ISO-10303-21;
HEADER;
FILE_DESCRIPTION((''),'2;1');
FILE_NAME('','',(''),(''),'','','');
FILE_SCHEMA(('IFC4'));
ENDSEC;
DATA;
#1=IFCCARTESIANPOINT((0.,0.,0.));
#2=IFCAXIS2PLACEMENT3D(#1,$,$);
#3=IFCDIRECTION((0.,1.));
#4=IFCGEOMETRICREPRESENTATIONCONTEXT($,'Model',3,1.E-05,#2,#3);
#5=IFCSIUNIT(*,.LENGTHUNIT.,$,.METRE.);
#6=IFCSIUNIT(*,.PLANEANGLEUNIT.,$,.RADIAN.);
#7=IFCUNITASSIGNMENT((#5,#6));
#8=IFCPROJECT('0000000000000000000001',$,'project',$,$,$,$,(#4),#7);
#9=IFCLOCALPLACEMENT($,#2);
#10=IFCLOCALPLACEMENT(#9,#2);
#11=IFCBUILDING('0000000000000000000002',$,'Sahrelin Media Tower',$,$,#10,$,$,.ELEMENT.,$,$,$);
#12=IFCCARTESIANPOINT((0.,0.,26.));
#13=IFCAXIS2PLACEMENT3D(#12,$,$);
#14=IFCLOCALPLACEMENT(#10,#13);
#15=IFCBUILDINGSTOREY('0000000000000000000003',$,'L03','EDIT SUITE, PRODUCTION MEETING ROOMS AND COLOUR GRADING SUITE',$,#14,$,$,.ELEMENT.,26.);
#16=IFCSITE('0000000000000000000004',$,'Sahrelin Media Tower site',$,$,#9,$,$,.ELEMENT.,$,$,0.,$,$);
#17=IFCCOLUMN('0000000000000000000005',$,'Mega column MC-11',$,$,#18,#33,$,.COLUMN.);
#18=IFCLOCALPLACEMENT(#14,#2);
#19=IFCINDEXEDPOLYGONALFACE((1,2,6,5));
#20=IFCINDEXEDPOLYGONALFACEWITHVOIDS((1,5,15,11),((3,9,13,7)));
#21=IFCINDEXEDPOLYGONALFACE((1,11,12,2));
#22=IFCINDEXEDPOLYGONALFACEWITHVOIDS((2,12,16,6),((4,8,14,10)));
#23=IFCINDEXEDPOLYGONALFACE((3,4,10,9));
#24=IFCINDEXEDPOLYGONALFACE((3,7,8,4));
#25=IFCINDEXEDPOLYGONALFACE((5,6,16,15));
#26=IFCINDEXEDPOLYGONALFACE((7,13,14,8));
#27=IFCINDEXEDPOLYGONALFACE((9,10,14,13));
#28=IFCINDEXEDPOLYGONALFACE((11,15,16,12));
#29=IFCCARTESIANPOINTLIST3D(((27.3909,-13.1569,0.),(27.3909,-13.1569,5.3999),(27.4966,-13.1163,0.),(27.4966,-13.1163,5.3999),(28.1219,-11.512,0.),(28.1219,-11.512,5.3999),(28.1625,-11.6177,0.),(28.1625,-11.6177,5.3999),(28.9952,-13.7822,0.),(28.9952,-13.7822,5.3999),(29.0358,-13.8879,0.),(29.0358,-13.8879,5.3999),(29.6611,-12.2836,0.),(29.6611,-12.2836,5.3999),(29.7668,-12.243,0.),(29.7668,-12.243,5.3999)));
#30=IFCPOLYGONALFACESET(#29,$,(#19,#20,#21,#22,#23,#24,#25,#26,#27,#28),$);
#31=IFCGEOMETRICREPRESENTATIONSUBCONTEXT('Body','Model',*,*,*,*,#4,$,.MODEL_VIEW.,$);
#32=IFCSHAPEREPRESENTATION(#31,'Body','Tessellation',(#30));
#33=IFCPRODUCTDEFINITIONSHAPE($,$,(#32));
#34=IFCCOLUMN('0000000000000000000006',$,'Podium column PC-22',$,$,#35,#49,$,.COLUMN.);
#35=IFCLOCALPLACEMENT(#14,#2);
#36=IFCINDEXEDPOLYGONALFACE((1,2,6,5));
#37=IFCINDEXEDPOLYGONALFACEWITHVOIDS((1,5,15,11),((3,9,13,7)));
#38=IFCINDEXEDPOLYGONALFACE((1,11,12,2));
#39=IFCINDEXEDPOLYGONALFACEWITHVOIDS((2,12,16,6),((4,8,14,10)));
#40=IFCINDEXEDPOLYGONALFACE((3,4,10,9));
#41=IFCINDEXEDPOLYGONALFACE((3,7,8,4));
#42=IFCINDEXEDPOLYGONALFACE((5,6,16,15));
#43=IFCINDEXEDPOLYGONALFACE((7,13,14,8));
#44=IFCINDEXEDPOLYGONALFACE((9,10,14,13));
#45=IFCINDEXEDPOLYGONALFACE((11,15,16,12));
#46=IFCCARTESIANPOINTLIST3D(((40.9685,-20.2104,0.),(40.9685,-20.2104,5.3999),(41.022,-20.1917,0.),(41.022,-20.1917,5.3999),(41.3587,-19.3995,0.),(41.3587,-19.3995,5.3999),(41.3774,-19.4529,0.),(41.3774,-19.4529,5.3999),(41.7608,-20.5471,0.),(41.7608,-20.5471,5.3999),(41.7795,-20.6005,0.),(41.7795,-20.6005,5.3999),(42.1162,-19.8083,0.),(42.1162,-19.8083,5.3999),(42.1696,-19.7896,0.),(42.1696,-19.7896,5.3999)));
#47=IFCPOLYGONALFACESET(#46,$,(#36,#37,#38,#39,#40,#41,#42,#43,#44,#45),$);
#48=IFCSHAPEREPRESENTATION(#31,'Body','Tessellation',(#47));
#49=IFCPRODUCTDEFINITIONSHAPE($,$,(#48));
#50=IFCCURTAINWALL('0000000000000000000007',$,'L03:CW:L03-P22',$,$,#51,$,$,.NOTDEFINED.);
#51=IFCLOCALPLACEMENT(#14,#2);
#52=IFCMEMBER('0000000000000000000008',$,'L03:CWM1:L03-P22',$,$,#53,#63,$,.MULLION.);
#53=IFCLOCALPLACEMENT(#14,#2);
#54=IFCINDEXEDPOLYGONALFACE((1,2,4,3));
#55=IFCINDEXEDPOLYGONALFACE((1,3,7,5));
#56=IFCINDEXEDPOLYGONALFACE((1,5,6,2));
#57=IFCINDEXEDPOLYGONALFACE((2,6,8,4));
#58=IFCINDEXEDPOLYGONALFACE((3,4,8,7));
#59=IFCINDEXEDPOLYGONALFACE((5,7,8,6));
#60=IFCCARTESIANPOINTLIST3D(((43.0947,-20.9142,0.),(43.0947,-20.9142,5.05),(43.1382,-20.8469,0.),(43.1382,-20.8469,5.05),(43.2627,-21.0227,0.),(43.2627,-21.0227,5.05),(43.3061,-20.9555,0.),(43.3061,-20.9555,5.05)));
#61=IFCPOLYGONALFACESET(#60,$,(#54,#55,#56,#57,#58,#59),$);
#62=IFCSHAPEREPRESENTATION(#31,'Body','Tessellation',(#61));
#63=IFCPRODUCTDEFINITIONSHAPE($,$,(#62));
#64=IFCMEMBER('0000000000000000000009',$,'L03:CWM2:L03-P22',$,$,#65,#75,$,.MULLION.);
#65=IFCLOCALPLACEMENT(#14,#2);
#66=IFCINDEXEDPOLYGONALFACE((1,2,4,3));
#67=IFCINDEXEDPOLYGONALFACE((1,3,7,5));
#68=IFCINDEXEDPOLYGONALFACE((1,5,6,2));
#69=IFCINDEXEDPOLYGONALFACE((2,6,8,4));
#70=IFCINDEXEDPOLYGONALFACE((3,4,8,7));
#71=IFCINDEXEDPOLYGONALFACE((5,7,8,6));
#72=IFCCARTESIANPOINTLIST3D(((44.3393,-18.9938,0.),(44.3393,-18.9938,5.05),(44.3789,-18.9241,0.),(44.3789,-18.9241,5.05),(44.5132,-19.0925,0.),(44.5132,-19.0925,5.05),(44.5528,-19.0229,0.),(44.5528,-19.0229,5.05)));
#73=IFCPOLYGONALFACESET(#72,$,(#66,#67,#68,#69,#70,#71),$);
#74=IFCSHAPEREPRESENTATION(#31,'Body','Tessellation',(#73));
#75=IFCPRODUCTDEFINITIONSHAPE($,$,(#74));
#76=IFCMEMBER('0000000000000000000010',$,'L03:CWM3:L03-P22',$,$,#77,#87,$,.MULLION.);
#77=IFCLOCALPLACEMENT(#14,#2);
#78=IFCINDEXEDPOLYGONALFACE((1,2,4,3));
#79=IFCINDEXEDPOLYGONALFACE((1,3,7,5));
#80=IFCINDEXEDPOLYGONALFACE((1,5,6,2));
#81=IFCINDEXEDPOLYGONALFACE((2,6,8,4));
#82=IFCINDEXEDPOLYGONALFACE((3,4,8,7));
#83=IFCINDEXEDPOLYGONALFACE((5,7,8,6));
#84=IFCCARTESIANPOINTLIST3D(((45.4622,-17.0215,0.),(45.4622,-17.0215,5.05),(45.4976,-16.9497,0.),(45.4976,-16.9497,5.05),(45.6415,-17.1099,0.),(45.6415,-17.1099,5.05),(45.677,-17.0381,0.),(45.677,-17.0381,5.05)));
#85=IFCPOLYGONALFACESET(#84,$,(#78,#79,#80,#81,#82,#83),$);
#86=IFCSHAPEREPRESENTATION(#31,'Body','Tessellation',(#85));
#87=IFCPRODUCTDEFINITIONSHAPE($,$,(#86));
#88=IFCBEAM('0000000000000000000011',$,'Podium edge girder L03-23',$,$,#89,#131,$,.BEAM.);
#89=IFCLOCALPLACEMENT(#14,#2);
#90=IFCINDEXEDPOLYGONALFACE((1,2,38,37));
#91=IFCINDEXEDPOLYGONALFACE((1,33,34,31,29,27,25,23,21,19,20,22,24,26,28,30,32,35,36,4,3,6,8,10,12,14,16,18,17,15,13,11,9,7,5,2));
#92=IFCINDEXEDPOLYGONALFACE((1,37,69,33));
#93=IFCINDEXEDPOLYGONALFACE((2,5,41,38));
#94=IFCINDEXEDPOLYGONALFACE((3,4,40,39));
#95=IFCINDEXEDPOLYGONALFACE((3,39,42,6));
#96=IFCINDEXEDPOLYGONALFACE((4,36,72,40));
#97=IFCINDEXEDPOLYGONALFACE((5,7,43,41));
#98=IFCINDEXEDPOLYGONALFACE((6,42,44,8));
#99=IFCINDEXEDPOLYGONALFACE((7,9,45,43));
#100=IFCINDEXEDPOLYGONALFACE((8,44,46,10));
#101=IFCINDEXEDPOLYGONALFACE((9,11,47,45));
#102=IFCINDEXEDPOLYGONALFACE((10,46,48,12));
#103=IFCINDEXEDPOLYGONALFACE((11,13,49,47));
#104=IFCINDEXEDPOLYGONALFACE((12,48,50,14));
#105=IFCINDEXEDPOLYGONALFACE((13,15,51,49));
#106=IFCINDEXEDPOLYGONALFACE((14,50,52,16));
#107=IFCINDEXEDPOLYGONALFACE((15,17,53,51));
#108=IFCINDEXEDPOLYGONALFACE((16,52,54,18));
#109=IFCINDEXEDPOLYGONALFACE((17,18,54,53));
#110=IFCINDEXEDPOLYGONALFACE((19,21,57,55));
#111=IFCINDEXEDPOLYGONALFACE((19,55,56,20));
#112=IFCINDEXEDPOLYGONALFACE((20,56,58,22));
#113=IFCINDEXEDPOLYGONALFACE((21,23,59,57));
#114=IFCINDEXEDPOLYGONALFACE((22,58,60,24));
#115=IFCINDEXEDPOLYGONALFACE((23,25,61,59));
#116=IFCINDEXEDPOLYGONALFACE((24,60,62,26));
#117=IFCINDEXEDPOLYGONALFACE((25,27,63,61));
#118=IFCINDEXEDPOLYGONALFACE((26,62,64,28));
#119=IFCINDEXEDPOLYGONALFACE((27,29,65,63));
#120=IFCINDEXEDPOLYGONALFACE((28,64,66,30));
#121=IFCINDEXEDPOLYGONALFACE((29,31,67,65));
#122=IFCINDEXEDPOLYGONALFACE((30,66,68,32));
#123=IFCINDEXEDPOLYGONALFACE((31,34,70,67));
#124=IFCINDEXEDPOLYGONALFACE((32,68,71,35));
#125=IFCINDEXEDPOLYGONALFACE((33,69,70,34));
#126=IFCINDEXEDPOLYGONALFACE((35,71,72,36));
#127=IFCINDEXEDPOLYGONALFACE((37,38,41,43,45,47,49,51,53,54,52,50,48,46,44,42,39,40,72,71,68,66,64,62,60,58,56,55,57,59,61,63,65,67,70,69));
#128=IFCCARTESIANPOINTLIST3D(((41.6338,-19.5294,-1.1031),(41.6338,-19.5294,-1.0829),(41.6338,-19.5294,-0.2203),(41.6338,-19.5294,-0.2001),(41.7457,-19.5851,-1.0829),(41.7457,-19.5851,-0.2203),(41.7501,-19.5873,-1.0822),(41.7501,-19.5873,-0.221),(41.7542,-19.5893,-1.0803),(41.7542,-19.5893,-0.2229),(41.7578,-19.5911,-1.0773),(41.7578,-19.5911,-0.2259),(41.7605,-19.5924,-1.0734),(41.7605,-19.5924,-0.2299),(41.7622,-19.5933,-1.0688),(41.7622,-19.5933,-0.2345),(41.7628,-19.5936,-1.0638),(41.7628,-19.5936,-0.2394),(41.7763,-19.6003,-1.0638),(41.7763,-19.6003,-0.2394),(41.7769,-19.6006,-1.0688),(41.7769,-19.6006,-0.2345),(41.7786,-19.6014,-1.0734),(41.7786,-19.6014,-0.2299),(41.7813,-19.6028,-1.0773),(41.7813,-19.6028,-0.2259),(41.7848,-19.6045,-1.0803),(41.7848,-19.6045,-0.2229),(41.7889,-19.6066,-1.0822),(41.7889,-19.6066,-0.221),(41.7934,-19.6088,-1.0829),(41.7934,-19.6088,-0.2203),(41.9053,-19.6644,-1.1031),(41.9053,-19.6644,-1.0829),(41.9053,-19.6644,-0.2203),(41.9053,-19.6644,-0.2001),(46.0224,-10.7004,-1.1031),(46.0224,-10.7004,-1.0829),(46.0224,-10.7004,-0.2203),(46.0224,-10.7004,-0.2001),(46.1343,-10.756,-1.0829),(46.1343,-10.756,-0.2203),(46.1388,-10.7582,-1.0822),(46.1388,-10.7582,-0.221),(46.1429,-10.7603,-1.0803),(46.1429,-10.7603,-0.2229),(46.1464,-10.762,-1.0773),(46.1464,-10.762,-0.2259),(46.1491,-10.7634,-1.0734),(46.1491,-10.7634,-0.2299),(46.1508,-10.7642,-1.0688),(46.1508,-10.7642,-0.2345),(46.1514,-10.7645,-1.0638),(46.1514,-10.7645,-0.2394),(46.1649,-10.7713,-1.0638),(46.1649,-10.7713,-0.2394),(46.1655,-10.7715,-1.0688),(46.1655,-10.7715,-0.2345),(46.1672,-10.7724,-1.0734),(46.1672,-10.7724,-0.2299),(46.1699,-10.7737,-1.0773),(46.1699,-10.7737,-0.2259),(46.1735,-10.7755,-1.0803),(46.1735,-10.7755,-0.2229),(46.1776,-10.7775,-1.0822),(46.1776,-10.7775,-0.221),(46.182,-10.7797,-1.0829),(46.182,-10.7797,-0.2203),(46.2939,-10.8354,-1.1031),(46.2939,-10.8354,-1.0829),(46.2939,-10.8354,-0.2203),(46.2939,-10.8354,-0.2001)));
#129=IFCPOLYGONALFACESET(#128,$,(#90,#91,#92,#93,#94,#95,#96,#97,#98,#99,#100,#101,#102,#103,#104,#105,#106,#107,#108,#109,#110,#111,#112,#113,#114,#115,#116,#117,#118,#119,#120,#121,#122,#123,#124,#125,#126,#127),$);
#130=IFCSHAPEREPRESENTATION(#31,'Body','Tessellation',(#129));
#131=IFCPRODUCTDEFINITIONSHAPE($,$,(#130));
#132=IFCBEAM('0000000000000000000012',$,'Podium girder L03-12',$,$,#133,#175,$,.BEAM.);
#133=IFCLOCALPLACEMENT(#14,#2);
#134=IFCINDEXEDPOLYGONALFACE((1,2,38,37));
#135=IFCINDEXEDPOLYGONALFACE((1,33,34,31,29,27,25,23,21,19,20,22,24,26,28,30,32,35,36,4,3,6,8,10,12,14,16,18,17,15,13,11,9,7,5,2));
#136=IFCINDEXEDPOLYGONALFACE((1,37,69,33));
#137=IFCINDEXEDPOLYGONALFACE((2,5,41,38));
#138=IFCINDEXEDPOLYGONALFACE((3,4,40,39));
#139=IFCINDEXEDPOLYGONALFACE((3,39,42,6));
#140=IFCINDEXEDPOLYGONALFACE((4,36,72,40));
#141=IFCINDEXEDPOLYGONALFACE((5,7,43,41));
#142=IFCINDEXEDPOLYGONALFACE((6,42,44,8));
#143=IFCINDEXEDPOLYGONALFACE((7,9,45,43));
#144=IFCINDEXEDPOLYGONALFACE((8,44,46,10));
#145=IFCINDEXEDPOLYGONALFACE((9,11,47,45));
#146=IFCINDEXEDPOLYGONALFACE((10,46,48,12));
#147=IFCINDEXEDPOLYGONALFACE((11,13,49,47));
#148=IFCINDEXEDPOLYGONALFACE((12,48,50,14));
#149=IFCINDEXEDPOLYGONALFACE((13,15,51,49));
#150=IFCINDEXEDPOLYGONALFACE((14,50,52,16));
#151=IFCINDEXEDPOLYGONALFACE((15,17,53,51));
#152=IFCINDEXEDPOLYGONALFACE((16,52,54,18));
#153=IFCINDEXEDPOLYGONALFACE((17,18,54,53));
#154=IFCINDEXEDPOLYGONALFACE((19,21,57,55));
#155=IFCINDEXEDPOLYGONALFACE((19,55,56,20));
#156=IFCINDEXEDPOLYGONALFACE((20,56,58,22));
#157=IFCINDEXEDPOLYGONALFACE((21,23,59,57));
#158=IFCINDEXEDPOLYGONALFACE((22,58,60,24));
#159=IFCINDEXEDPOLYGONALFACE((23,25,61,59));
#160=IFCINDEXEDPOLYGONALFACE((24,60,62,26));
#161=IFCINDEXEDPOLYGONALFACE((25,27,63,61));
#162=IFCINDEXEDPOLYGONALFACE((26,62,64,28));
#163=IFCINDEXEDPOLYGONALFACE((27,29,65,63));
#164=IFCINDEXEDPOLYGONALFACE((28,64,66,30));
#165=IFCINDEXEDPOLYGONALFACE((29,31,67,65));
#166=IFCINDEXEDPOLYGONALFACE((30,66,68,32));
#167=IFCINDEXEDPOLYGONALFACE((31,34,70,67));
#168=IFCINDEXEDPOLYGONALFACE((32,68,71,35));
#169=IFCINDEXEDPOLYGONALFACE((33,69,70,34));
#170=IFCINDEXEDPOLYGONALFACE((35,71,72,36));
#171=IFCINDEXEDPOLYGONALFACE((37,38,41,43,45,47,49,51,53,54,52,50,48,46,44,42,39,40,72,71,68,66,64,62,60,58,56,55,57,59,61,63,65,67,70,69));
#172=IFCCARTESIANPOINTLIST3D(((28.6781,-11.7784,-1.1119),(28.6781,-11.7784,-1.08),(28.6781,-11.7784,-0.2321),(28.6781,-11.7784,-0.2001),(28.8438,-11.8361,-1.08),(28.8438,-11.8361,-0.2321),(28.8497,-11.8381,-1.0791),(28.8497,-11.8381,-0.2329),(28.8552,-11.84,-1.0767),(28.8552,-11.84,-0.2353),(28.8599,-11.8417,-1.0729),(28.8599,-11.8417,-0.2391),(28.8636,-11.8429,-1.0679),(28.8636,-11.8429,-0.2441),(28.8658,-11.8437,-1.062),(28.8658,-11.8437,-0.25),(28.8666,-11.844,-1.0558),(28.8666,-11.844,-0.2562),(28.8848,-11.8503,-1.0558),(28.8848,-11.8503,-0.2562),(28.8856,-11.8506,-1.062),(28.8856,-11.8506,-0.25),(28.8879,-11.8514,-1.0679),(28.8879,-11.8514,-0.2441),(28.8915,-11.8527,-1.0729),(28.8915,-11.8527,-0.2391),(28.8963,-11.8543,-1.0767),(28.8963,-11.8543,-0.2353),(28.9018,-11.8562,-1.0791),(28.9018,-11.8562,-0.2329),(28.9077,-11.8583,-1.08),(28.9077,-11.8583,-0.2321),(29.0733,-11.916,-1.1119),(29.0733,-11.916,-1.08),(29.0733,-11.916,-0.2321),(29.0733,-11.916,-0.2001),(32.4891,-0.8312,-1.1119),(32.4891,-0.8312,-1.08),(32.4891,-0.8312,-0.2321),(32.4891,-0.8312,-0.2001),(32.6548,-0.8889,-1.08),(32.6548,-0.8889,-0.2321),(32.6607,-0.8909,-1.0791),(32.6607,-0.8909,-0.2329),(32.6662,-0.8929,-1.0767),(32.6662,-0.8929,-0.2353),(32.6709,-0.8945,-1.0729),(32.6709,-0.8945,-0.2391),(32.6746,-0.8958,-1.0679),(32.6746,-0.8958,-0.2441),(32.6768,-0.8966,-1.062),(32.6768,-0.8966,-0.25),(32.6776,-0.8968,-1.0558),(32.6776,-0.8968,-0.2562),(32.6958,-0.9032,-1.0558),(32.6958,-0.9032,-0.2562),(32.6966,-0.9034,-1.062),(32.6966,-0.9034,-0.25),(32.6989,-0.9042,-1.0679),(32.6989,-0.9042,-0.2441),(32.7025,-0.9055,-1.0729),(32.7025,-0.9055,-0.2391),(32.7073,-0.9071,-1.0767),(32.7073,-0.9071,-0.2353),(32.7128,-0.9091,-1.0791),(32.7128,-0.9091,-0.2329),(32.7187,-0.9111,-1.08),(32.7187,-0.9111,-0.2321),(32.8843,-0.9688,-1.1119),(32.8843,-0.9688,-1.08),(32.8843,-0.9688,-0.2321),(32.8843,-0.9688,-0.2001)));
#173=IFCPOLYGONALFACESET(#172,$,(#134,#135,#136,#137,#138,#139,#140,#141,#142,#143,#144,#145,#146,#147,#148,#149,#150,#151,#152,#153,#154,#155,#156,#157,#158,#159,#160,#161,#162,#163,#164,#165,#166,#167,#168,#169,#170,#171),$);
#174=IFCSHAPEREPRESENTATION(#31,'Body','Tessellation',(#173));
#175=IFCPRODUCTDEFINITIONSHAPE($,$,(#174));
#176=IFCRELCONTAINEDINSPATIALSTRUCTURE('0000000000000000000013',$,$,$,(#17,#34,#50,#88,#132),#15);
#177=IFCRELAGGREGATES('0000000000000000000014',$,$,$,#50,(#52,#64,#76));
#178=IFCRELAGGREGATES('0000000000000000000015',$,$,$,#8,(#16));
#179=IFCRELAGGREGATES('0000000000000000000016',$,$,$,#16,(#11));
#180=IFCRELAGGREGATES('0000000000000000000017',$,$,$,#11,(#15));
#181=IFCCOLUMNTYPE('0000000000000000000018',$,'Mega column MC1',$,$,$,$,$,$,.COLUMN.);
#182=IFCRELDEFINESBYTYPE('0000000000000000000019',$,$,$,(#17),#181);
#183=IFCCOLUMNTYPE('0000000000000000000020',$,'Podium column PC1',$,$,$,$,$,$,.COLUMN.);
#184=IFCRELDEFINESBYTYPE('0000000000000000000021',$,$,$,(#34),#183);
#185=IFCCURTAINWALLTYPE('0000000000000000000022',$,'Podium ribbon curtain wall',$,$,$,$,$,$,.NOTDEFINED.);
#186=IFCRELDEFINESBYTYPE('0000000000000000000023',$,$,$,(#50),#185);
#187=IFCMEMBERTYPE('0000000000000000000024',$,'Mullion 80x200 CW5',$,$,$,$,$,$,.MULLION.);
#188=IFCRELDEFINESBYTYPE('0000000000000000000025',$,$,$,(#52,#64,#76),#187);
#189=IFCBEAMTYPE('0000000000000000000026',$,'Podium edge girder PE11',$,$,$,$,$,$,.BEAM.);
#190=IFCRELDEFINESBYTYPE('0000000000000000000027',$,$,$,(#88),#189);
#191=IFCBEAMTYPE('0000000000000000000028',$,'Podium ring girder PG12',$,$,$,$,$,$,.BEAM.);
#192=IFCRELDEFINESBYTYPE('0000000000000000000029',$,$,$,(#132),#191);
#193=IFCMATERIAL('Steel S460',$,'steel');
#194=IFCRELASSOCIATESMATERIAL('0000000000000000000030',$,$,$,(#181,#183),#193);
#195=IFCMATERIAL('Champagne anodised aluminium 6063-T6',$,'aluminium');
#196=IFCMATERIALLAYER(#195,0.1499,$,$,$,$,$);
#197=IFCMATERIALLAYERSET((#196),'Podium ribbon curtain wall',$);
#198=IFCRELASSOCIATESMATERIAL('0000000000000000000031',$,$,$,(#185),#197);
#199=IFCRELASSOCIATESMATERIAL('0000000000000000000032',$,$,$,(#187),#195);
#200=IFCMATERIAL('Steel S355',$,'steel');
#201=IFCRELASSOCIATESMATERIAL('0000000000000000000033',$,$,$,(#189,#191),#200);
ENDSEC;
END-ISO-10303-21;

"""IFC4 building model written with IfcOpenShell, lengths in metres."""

from ifc_helpers import new_model, si_unit, direction, frame, origin, origin_2d, place, context, subcontext, project, spatial, rectangle, hollow_rectangle, i_section, extrude, material, layer, layer_set, material_profile, profile_set, type_object, element, aggregate, save


model = new_model("IFC4")

# Units and contexts
model_context = context("Model", 3, precision=1e-05, world=origin(), true_north=direction((0.0, 1.0)))
body_context = subcontext(model_context, "Body", "Model", "MODEL_VIEW")
ifc_project = project(units=[si_unit("LENGTHUNIT", "METRE"), si_unit("PLANEANGLEUNIT", "RADIAN")], contexts=[model_context])

# Site, building, storey
site_placement = place(None, origin())
site = spatial("IfcSite", under=ifc_project, at=site_placement, Name="Sahrelin Media Tower site", CompositionType="ELEMENT", RefElevation=0.0)
building_placement = place(site_placement, origin())
building = spatial("IfcBuilding", under=site, at=building_placement, Name="Sahrelin Media Tower", CompositionType="ELEMENT")
storey_placement = place(building_placement, frame((0.0, 0.0, 26.0)))
storey = spatial("IfcBuildingStorey", under=building, at=storey_placement, Name="L03", Description="EDIT SUITE, PRODUCTION MEETING ROOMS AND COLOUR GRADING SUITE", CompositionType="ELEMENT", Elevation=26.0)

# Columns
ifc_material_1 = material(Name="Steel S460", Category="steel")
ifc_material_profile_1 = material_profile(ifc_material_1, hollow_rectangle(XDim=1.8, YDim=1.8, WallThickness=0.0801, at=origin_2d()), Name="Mega column MC1")
ifc_profile_set_1 = profile_set([ifc_material_profile_1], Name="Steel S460")
column_type_1 = type_object("IfcColumnType", Name="Mega column MC1", PredefinedType="COLUMN", material=ifc_profile_set_1)
column_1_placement = place(storey_placement, frame((28.5789, -12.7, 0.0), z_axis=(0.0, 0.0, 1.0), x_axis=(0.913831, -0.406094, 0.0)))
element("IfcColumn", 1, at=column_1_placement, inside=storey, type_object=column_type_1, Name="Mega column MC-11", PredefinedType="COLUMN", context=body_context, shape_type="SweptSolid", body=[
    extrude(hollow_rectangle(XDim=1.8, YDim=1.8, WallThickness=0.0801, at=origin_2d()), origin(), (0.0, 0.0, 1.0), 5.3999),
])
ifc_material_profile_2 = material_profile(ifc_material_1, hollow_rectangle(XDim=0.8999, YDim=0.8999, WallThickness=0.04, at=origin_2d()), Name="Podium column PC1")
ifc_profile_set_2 = profile_set([ifc_material_profile_2], Name="Steel S460")
column_type_2 = type_object("IfcColumnType", Name="Podium column PC1", PredefinedType="COLUMN", material=ifc_profile_set_2)
column_2_placement = place(storey_placement, frame((41.5691, -20.0, 0.0), z_axis=(0.0, 0.0, 1.0), x_axis=(0.901127, -0.433555, 0.0)))
element("IfcColumn", 2, at=column_2_placement, inside=storey, type_object=column_type_2, Name="Podium column PC-22", PredefinedType="COLUMN", context=body_context, shape_type="SweptSolid", body=[
    extrude(hollow_rectangle(XDim=0.8999, YDim=0.8999, WallThickness=0.04, at=origin_2d()), origin(), (0.0, 0.0, 1.0), 5.3999),
])

# Curtain wall, members
ifc_material_2 = material(Name="Champagne anodised aluminium 6063-T6", Category="aluminium")
ifc_layer_1 = layer(ifc_material_2, 0.1499)
ifc_layer_set_1 = layer_set([ifc_layer_1], Name="Podium ribbon curtain wall")
curtain_wall_type = type_object("IfcCurtainWallType", Name="Podium ribbon curtain wall", PredefinedType="NOTDEFINED", material=ifc_layer_set_1)
curtain_wall_placement = place(storey_placement, frame((43.3013, -21.0, 0.0), z_axis=(0.0, 0.0, 1.0), x_axis=(1.0, 0.0, 0.0)))
curtain_wall = element("IfcCurtainWall", 3, at=curtain_wall_placement, inside=storey, type_object=curtain_wall_type, Name="L03:CW:L03-P22", PredefinedType="NOTDEFINED")
ifc_material_profile_3 = material_profile(ifc_material_2, rectangle(XDim=0.0801, YDim=0.2, at=origin_2d()), Name="Mullion 80x200")
ifc_profile_set_3 = profile_set([ifc_material_profile_3], Name="Champagne anodised aluminium 6063-T6")
member_type_1 = type_object("IfcMemberType", Name="Mullion 80x200 CW5", PredefinedType="MULLION", material=ifc_profile_set_3)
member_1_placement = place(storey_placement, frame((43.2004, -20.9348, 0.0), z_axis=(0.0, 0.0, 1.0), x_axis=(0.54283, 0.839843, 0.0)))
member_1 = element("IfcMember", 4, at=member_1_placement, type_object=member_type_1, Name="L03:CWM1:L03-P22", PredefinedType="MULLION", context=body_context, shape_type="SweptSolid", body=[
    extrude(rectangle(XDim=0.0801, YDim=0.2, at=origin_2d()), origin(), (0.0, 0.0, 1.0), 5.05),
])
member_2_placement = place(storey_placement, frame((44.446, -19.0083, 0.0), z_axis=(0.0, 0.0, 1.0), x_axis=(0.493787, 0.869583, 0.0)))
member_2 = element("IfcMember", 5, at=member_2_placement, type_object=member_type_1, Name="L03:CWM2:L03-P22", PredefinedType="MULLION", context=body_context, shape_type="SweptSolid", body=[
    extrude(rectangle(XDim=0.0801, YDim=0.2, at=origin_2d()), origin(), (0.0, 0.0, 1.0), 5.05),
])
member_3_placement = place(storey_placement, frame((45.5696, -17.0298, 0.0), z_axis=(0.0, 0.0, 1.0), x_axis=(0.442262, 0.896886, 0.0)))
member_3 = element("IfcMember", 6, at=member_3_placement, type_object=member_type_1, Name="L03:CWM3:L03-P22", PredefinedType="MULLION", context=body_context, shape_type="SweptSolid", body=[
    extrude(rectangle(XDim=0.0801, YDim=0.2, at=origin_2d()), origin(), (0.0, 0.0, 1.0), 5.05),
])

# Beams
ifc_material_3 = material(Name="Steel S355", Category="steel")
ifc_material_profile_4 = material_profile(ifc_material_3, i_section(OverallWidth=0.3032, OverallDepth=0.9031, WebThickness=0.0151, FlangeThickness=0.0203, FilletRadius=0.019, at=origin_2d()), Name="UB 914x305x201")
ifc_profile_set_4 = profile_set([ifc_material_profile_4], Name="Steel S355")
beam_type_1 = type_object("IfcBeamType", Name="Podium edge girder PE11", PredefinedType="BEAM", material=ifc_profile_set_4)
beam_1_placement = place(storey_placement, frame((41.7695, -19.5969, -0.6516), z_axis=(0.445113, 0.895475, 0.0), x_axis=(-0.895475, 0.445113, 0.0)))
element("IfcBeam", 7, at=beam_1_placement, inside=storey, type_object=beam_type_1, Name="Podium edge girder L03-23", PredefinedType="BEAM", context=body_context, shape_type="SweptSolid", body=[
    extrude(i_section(OverallWidth=0.3032, OverallDepth=0.9031, WebThickness=0.0151, FlangeThickness=0.0203, FilletRadius=0.019, at=origin_2d()), origin(), (0.0, 0.0, 1.0), 9.8596),
])
ifc_material_profile_5 = material_profile(ifc_material_3, i_section(OverallWidth=0.4185, OverallDepth=0.9119, WebThickness=0.0193, FlangeThickness=0.032, FilletRadius=0.0242, at=origin_2d()), Name="UB 914x419x343")
ifc_profile_set_5 = profile_set([ifc_material_profile_5], Name="Steel S355")
beam_type_2 = type_object("IfcBeamType", Name="Podium ring girder PG12", PredefinedType="BEAM", material=ifc_profile_set_5)
beam_2_placement = place(storey_placement, frame((28.8757, -11.8472, -0.656), z_axis=(0.328774, 0.944409, 0.0), x_axis=(-0.944409, 0.328774, 0.0)))
element("IfcBeam", 8, at=beam_2_placement, inside=storey, type_object=beam_type_2, Name="Podium girder L03-12", PredefinedType="BEAM", context=body_context, shape_type="SweptSolid", body=[
    extrude(i_section(OverallWidth=0.4185, OverallDepth=0.9119, WebThickness=0.0193, FlangeThickness=0.032, FilletRadius=0.0242, at=origin_2d()), origin(), (0.0, 0.0, 1.0), 11.5916),
])

aggregate(curtain_wall, [member_1, member_2, member_3])

save(model, "model.ifc")
